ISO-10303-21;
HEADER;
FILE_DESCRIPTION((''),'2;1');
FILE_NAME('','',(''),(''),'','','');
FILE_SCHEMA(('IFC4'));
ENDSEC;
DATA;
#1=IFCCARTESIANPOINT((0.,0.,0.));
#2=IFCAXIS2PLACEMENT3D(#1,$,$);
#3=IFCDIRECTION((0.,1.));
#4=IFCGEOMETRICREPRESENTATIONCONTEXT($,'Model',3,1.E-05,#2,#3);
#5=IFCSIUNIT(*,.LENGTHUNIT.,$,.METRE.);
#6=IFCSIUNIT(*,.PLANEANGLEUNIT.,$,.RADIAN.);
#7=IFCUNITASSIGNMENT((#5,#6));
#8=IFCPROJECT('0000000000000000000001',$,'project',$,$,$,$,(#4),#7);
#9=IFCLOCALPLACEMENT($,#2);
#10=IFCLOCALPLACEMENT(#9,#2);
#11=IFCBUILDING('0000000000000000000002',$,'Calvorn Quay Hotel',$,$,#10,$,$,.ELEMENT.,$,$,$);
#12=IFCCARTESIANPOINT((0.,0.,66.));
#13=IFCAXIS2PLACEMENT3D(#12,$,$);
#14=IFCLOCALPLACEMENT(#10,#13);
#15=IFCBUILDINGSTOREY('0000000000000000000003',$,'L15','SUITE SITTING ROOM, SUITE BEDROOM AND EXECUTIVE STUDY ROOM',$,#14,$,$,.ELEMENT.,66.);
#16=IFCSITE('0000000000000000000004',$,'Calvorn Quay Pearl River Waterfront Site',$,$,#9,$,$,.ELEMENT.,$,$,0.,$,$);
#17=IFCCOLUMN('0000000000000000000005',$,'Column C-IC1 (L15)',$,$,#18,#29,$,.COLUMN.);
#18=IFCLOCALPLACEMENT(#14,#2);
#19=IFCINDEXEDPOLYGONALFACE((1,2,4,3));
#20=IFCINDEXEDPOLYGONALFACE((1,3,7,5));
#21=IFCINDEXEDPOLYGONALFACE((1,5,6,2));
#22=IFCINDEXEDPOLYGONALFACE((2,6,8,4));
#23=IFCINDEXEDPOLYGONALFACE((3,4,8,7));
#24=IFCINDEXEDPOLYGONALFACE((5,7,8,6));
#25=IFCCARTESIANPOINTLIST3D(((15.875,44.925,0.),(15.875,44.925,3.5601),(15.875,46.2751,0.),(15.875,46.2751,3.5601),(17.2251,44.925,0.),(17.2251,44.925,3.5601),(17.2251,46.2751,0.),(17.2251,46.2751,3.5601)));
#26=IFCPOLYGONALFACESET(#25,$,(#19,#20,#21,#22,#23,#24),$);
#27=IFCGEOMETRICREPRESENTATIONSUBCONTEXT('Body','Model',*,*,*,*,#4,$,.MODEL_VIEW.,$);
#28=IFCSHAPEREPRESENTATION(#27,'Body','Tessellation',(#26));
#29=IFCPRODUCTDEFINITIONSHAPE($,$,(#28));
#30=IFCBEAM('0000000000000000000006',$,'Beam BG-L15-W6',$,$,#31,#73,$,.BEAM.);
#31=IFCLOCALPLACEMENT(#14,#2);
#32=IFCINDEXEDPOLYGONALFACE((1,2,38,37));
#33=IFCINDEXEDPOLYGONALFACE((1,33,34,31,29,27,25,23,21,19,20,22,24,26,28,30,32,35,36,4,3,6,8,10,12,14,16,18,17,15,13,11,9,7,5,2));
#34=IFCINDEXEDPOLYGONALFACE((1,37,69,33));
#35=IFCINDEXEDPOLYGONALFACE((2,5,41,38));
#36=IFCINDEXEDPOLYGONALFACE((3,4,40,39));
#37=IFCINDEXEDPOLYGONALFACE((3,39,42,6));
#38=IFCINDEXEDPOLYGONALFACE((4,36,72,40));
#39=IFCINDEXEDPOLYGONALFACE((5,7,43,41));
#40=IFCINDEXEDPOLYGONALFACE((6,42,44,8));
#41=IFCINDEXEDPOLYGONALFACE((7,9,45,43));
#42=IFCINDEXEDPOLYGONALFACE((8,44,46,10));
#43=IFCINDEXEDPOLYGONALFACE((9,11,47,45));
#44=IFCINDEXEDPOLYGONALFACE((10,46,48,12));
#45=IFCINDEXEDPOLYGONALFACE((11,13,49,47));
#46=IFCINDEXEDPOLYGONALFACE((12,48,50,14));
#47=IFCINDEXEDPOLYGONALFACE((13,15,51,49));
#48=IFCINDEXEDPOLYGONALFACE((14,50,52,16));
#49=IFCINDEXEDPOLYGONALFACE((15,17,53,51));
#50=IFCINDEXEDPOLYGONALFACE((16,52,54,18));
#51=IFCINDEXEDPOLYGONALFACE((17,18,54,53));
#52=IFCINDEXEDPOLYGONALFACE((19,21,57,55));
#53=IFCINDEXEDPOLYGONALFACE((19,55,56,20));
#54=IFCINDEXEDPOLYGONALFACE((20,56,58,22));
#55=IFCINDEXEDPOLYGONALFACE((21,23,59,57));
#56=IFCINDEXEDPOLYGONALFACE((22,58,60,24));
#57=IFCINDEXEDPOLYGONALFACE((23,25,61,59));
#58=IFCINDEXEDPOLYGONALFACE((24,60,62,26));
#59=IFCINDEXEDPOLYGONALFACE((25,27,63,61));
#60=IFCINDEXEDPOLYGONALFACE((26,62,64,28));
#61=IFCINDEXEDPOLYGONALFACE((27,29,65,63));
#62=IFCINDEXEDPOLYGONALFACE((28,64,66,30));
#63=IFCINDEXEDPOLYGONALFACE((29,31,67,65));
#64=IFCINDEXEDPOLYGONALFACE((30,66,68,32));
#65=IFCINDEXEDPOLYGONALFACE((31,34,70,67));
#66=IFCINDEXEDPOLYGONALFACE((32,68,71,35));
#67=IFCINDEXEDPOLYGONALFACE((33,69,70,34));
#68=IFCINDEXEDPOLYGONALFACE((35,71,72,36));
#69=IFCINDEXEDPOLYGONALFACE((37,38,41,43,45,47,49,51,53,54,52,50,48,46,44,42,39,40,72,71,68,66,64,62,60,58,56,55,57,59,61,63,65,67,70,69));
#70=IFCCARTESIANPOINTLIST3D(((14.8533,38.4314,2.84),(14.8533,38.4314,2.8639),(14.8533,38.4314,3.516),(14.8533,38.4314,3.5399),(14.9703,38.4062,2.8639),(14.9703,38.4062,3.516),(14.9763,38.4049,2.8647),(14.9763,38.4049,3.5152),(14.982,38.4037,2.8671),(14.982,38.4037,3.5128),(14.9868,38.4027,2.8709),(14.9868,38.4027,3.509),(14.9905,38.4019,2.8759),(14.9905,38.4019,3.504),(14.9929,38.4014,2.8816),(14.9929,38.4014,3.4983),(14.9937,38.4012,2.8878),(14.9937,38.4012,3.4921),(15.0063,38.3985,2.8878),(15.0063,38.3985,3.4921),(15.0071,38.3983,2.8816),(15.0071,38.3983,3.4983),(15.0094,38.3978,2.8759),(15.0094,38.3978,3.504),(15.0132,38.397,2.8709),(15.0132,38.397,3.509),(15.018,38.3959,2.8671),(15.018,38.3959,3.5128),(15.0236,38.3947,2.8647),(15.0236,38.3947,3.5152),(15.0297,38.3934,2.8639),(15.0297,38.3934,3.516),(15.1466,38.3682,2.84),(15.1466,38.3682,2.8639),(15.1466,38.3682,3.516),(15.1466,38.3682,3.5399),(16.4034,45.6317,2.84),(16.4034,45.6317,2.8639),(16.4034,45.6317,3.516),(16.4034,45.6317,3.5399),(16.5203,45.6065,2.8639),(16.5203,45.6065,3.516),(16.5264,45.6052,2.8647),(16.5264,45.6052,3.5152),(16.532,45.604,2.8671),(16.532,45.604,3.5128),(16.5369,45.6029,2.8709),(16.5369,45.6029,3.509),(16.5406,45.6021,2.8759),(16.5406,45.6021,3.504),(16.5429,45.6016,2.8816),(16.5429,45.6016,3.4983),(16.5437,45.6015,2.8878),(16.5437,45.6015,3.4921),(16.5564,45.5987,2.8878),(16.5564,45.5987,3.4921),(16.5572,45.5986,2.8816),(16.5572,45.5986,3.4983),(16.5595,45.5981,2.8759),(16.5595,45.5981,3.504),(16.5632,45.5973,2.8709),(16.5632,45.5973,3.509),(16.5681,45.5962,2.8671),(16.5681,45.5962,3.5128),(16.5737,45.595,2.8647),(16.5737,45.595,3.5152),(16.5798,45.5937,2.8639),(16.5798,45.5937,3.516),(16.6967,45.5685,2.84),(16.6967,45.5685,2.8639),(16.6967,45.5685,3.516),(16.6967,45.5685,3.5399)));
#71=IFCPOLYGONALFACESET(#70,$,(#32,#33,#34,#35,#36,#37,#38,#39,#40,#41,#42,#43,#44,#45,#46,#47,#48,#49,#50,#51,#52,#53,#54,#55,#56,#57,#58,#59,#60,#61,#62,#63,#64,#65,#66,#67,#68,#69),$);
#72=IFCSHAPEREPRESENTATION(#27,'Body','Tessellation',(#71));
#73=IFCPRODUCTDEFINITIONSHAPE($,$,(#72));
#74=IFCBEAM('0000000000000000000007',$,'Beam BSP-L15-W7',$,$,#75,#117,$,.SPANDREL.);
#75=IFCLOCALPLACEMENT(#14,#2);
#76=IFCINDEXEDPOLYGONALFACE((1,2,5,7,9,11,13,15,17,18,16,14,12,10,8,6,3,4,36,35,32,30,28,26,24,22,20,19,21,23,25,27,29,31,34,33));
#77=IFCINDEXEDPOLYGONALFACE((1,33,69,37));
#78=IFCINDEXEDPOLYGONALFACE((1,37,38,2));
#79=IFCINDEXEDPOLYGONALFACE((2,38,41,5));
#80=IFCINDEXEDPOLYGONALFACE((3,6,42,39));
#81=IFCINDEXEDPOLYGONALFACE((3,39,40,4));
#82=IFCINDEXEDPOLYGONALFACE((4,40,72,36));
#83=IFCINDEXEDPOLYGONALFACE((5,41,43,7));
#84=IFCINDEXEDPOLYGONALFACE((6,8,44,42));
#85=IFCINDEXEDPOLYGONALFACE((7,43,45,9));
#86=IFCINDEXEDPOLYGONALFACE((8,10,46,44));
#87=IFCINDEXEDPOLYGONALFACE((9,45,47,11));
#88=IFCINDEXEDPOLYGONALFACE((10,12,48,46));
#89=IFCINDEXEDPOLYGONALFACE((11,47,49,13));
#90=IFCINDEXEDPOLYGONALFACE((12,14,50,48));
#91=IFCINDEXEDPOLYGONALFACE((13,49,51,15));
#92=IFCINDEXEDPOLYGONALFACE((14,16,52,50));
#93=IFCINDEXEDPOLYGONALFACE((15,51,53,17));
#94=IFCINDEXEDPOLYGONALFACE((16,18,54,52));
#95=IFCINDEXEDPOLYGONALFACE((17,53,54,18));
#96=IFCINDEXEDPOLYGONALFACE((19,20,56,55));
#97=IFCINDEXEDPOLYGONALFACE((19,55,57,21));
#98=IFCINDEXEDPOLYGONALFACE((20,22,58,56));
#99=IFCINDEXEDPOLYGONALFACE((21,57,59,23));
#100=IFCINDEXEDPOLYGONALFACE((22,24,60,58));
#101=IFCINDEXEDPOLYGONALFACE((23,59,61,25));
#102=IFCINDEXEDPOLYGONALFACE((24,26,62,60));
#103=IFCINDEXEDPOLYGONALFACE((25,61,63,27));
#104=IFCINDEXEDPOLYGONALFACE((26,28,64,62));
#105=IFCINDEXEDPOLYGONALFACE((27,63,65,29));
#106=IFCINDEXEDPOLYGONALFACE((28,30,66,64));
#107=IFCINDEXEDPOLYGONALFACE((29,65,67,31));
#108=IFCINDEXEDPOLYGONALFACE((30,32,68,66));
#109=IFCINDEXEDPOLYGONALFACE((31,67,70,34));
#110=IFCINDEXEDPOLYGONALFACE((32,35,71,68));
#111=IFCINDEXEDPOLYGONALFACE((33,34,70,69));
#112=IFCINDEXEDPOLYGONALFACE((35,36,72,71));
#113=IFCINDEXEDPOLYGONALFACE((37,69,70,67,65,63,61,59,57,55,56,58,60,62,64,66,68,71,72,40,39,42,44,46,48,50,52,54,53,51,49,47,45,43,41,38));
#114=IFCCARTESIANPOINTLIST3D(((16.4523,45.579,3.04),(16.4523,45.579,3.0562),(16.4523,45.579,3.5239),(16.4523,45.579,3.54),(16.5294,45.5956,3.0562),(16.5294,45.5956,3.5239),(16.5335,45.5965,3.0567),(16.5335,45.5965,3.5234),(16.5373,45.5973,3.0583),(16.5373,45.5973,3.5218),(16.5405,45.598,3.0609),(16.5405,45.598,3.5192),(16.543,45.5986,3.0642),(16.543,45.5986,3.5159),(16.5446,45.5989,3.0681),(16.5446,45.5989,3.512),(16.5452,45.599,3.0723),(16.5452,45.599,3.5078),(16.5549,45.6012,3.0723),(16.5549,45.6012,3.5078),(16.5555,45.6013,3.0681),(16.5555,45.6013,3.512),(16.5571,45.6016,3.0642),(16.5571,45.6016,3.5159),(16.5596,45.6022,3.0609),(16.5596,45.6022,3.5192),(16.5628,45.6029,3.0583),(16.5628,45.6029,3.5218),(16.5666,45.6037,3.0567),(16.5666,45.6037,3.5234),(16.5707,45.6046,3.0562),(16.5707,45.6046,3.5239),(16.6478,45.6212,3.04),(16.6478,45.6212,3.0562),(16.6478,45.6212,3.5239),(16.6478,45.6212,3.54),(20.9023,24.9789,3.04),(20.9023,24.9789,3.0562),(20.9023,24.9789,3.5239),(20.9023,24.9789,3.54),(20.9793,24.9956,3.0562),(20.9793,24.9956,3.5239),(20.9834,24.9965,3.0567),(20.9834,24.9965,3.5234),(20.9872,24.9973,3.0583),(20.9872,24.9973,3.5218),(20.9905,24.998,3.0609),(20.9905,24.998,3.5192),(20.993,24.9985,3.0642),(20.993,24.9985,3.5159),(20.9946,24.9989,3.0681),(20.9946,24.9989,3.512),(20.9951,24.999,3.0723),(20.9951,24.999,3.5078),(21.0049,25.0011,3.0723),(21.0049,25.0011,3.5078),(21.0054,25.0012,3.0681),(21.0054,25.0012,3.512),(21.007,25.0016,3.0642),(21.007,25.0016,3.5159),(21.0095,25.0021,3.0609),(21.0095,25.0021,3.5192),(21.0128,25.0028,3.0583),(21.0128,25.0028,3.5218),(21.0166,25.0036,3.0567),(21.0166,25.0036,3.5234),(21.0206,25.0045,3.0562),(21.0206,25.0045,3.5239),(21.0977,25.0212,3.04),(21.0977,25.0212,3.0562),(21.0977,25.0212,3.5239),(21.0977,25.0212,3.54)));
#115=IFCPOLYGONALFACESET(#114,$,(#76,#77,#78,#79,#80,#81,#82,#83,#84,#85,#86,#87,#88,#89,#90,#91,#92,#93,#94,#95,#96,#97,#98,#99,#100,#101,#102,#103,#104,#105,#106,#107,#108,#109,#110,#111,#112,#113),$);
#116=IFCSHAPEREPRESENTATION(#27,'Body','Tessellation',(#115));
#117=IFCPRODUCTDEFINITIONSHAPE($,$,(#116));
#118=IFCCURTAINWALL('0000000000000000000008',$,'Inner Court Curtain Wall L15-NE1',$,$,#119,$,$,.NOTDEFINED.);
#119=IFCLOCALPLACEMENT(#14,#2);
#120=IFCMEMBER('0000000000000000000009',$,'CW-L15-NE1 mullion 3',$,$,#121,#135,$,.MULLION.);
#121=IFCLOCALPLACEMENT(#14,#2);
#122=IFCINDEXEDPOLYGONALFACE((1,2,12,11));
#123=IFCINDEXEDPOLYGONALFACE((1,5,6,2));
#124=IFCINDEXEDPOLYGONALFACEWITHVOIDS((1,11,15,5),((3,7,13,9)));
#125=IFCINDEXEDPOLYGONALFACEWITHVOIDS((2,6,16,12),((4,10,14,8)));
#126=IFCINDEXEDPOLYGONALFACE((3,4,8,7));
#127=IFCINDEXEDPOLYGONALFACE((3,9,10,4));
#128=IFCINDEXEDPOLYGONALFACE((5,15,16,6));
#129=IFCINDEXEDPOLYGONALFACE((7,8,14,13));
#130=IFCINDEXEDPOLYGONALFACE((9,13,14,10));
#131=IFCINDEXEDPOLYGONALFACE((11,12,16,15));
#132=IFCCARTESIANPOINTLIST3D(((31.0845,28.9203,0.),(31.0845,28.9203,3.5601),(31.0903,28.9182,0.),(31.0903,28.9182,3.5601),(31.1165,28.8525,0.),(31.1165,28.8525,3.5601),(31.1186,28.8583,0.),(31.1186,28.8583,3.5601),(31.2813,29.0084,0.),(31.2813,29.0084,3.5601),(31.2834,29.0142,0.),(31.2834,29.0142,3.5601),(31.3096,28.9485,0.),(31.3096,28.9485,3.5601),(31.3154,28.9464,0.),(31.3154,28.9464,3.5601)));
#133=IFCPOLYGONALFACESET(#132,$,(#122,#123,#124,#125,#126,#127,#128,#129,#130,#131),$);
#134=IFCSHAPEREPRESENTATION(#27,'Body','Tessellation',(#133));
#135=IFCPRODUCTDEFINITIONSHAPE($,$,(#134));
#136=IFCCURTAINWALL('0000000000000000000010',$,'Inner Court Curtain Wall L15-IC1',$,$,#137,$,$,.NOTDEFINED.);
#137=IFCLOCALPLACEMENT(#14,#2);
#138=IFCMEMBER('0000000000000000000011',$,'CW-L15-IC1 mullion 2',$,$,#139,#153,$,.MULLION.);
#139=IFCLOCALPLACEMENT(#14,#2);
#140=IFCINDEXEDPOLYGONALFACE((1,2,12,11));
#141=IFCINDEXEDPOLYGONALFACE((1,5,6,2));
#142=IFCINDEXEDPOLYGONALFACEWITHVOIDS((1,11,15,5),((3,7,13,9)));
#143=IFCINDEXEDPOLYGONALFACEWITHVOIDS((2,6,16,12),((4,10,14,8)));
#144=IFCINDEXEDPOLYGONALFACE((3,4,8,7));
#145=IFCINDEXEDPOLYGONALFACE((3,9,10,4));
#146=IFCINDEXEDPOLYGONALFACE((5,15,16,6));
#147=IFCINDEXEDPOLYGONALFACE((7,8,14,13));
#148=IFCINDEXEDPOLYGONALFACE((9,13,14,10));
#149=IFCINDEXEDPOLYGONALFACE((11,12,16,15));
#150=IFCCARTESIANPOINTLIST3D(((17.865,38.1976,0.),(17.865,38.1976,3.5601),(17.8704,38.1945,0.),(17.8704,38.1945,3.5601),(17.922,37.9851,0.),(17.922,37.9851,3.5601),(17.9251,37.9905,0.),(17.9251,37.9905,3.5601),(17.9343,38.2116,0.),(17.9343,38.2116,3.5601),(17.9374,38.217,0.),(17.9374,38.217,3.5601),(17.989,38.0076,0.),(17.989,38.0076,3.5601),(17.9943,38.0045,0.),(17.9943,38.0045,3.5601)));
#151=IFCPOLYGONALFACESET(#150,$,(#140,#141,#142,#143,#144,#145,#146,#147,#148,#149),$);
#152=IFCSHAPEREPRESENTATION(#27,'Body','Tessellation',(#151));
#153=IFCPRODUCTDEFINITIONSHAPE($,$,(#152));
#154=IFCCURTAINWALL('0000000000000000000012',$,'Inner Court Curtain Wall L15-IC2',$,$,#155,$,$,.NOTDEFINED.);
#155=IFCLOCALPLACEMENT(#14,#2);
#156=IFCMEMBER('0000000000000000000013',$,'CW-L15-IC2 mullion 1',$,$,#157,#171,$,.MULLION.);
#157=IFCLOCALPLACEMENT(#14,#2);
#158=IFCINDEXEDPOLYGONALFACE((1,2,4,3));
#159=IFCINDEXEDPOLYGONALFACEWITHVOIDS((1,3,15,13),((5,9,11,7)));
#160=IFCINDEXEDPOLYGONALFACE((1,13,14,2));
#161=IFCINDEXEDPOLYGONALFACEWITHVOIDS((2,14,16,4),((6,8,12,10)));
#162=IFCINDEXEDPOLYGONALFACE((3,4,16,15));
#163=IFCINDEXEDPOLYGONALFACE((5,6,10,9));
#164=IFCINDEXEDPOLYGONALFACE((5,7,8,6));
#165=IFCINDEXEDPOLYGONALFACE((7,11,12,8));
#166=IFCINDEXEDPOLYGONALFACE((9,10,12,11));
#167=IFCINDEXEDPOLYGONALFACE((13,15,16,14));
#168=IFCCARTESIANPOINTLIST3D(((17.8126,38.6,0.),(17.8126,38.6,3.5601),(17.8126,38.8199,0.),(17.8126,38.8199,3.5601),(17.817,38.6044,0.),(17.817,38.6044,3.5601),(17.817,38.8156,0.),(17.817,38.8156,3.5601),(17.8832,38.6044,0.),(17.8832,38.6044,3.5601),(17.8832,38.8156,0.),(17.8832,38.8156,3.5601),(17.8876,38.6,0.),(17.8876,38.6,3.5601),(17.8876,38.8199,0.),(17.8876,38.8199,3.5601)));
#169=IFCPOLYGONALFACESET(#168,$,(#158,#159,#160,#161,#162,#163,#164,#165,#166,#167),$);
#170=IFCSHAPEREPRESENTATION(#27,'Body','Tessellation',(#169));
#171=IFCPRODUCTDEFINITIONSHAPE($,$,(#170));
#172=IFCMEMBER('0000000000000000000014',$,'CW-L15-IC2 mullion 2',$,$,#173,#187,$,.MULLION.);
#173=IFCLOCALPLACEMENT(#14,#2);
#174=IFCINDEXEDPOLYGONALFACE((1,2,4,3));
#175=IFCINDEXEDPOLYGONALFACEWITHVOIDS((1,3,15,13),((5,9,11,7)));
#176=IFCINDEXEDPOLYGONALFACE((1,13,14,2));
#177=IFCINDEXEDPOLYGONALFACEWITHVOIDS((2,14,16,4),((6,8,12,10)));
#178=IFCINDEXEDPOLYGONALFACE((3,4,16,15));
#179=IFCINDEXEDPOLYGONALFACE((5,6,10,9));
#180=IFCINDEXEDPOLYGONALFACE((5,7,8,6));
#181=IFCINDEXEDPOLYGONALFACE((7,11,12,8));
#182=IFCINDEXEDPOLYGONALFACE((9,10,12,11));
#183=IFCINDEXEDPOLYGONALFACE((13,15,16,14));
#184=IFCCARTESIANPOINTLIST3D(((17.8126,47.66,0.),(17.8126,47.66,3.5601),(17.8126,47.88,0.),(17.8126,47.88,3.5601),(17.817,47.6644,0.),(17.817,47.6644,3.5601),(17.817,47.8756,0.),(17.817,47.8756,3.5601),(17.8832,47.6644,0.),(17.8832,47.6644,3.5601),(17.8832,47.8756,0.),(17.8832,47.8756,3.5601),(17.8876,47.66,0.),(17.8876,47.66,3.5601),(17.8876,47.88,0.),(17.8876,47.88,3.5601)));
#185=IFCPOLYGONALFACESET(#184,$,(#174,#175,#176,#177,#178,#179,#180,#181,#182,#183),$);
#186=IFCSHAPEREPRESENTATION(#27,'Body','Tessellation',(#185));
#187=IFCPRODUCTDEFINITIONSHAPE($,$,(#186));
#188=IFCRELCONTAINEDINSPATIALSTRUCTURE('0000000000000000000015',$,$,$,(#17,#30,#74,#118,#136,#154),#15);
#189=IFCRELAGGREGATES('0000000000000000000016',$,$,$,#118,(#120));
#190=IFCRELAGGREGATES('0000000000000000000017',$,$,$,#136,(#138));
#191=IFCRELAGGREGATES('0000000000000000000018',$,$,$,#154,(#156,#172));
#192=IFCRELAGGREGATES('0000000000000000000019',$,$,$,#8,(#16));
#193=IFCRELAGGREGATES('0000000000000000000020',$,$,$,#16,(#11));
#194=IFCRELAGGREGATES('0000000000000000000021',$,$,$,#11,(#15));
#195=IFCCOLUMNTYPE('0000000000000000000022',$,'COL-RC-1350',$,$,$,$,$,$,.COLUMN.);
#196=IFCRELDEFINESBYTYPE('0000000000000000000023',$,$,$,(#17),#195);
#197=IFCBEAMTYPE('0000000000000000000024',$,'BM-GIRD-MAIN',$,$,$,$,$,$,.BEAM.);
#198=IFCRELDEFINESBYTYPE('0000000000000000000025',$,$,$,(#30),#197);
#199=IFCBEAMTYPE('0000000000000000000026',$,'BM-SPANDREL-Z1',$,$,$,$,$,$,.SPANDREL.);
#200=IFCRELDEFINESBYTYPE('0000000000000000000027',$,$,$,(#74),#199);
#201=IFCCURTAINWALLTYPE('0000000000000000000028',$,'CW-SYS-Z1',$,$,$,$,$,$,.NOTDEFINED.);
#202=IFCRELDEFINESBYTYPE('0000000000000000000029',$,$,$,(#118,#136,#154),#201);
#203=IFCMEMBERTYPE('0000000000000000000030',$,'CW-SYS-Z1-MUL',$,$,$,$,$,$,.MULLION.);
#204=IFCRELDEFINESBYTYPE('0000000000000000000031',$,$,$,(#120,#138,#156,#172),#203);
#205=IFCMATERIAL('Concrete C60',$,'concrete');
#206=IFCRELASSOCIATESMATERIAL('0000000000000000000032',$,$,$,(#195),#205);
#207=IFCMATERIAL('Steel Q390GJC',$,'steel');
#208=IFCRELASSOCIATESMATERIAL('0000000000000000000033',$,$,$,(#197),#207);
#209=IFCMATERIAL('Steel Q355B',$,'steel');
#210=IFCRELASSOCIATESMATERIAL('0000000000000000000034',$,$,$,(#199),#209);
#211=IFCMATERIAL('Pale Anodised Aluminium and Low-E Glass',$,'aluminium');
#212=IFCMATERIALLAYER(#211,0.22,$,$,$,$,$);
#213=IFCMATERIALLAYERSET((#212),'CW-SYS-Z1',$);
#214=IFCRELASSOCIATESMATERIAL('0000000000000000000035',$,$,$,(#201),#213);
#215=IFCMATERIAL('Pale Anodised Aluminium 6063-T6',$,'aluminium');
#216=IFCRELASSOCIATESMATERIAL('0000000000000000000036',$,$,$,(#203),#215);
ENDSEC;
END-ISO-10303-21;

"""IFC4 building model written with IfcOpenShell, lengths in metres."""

from ifc_helpers import new_model, si_unit, direction, frame, origin, origin_2d, place, context, subcontext, project, spatial, rectangle, hollow_rectangle, i_section, extrude, material, layer, layer_set, material_profile, profile_set, type_object, element, aggregate, save


model = new_model("IFC4")

# Units and contexts
model_context = context("Model", 3, precision=1e-05, world=origin(), true_north=direction((0.0, 1.0)))
body_context = subcontext(model_context, "Body", "Model", "MODEL_VIEW")
ifc_project = project(units=[si_unit("LENGTHUNIT", "METRE"), si_unit("PLANEANGLEUNIT", "RADIAN")], contexts=[model_context])

# Site, building, storey
site_placement = place(None, origin())
site = spatial("IfcSite", under=ifc_project, at=site_placement, Name="Calvorn Quay Pearl River Waterfront Site", CompositionType="ELEMENT", RefElevation=0.0)
building_placement = place(site_placement, origin())
building = spatial("IfcBuilding", under=site, at=building_placement, Name="Calvorn Quay Hotel", CompositionType="ELEMENT")
storey_placement = place(building_placement, frame((0.0, 0.0, 66.0)))
storey = spatial("IfcBuildingStorey", under=building, at=storey_placement, Name="L15", Description="SUITE SITTING ROOM, SUITE BEDROOM AND EXECUTIVE STUDY ROOM", CompositionType="ELEMENT", Elevation=66.0)

# Column
ifc_material_1 = material(Name="Concrete C60", Category="concrete")
ifc_material_profile_1 = material_profile(ifc_material_1, rectangle(XDim=1.3501, YDim=1.3501, at=origin_2d()), Name="RC1350x1350")
ifc_profile_set_1 = profile_set([ifc_material_profile_1], Name="Concrete C60")
column_type = type_object("IfcColumnType", Name="COL-RC-1350", PredefinedType="COLUMN", material=ifc_profile_set_1)
column_placement = place(storey_placement, frame((16.55, 45.6001, 0.0), z_axis=(0.0, 0.0, 1.0), x_axis=(1.0, 0.0, 0.0)))
element("IfcColumn", 1, at=column_placement, inside=storey, type_object=column_type, Name="Column C-IC1 (L15)", PredefinedType="COLUMN", context=body_context, shape_type="SweptSolid", body=[
    extrude(rectangle(XDim=1.3501, YDim=1.3501, at=origin_2d()), origin(), (0.0, 0.0, 1.0), 3.5601),
])

# Beams
ifc_material_2 = material(Name="Steel Q390GJC", Category="steel")
ifc_material_profile_2 = material_profile(ifc_material_2, i_section(OverallWidth=0.3, OverallDepth=0.7, WebThickness=0.0129, FlangeThickness=0.0239, FilletRadius=0.0239, at=origin_2d()), Name="HN700x300x13x24")
ifc_profile_set_2 = profile_set([ifc_material_profile_2], Name="Steel Q390GJC")
beam_type_1 = type_object("IfcBeamType", Name="BM-GIRD-MAIN", PredefinedType="BEAM", material=ifc_profile_set_2)
beam_1_placement = place(storey_placement, frame((16.55, 45.6001, 3.1899), z_axis=(-0.210457, -0.977603, 0.0), x_axis=(0.977603, -0.210457, 0.0)))
element("IfcBeam", 2, at=beam_1_placement, inside=storey, type_object=beam_type_1, Name="Beam BG-L15-W6", PredefinedType="BEAM", context=body_context, shape_type="SweptSolid", body=[
    extrude(i_section(OverallWidth=0.3, OverallDepth=0.7, WebThickness=0.0129, FlangeThickness=0.0239, FilletRadius=0.0239, at=origin_2d()), origin(), (0.0, 0.0, 1.0), 7.3652),
])
ifc_material_3 = material(Name="Steel Q355B", Category="steel")
ifc_material_profile_3 = material_profile(ifc_material_3, i_section(OverallWidth=0.2, OverallDepth=0.5, WebThickness=0.01, FlangeThickness=0.0161, FilletRadius=0.0161, at=origin_2d()), Name="HN500x200x10x16")
ifc_profile_set_3 = profile_set([ifc_material_profile_3], Name="Steel Q355B")
beam_type_2 = type_object("IfcBeamType", Name="BM-SPANDREL-Z1", PredefinedType="SPANDREL", material=ifc_profile_set_3)
beam_2_placement = place(storey_placement, frame((16.55, 45.6001, 3.29), z_axis=(0.211146, -0.977455, 0.0), x_axis=(0.977455, 0.211146, 0.0)))
element("IfcBeam", 3, at=beam_2_placement, inside=storey, type_object=beam_type_2, Name="Beam BSP-L15-W7", PredefinedType="SPANDREL", context=body_context, shape_type="SweptSolid", body=[
    extrude(i_section(OverallWidth=0.2, OverallDepth=0.5, WebThickness=0.01, FlangeThickness=0.0161, FilletRadius=0.0161, at=origin_2d()), origin(), (0.0, 0.0, 1.0), 21.0752),
])

# Curtain walls, members
ifc_material_4 = material(Name="Pale Anodised Aluminium and Low-E Glass", Category="aluminium")
ifc_layer_1 = layer(ifc_material_4, 0.22)
ifc_layer_set_1 = layer_set([ifc_layer_1], Name="CW-SYS-Z1")
curtain_wall_type = type_object("IfcCurtainWallType", Name="CW-SYS-Z1", PredefinedType="NOTDEFINED", material=ifc_layer_set_1)
curtain_wall_1_placement = place(storey_placement, origin())
curtain_wall_1 = element("IfcCurtainWall", 4, at=curtain_wall_1_placement, inside=storey, type_object=curtain_wall_type, Name="Inner Court Curtain Wall L15-NE1", PredefinedType="NOTDEFINED")
ifc_material_5 = material(Name="Pale Anodised Aluminium 6063-T6", Category="aluminium")
ifc_material_profile_4 = material_profile(ifc_material_5, hollow_rectangle(XDim=0.075, YDim=0.22, WallThickness=0.0044, at=origin_2d()), Name="ALU-M220x75x4.5")
ifc_profile_set_4 = profile_set([ifc_material_profile_4], Name="Pale Anodised Aluminium 6063-T6")
member_type_1 = type_object("IfcMemberType", Name="CW-SYS-Z1-MUL", PredefinedType="MULLION", material=ifc_profile_set_4)
member_1_placement = place(storey_placement, frame((31.2, 28.9333, 0.0), z_axis=(0.0, 0.0, 1.0), x_axis=(0.427006, -0.904249, 0.0)))
member_1 = element("IfcMember", 5, at=member_1_placement, type_object=member_type_1, Name="CW-L15-NE1 mullion 3", PredefinedType="MULLION", context=body_context, shape_type="SweptSolid", body=[
    extrude(hollow_rectangle(XDim=0.075, YDim=0.22, WallThickness=0.0044, at=origin_2d()), origin(), (0.0, 0.0, 1.0), 3.5601),
])
curtain_wall_2_placement = place(storey_placement, origin())
curtain_wall_2 = element("IfcCurtainWall", 6, at=curtain_wall_2_placement, inside=storey, type_object=curtain_wall_type, Name="Inner Court Curtain Wall L15-IC1", PredefinedType="NOTDEFINED")
member_2_placement = place(storey_placement, frame((17.9297, 38.1011, 0.0), z_axis=(0.0, 0.0, 1.0), x_axis=(-0.965937, -0.258779, 0.0)))
member_2 = element("IfcMember", 7, at=member_2_placement, type_object=member_type_1, Name="CW-L15-IC1 mullion 2", PredefinedType="MULLION", context=body_context, shape_type="SweptSolid", body=[
    extrude(hollow_rectangle(XDim=0.075, YDim=0.22, WallThickness=0.0044, at=origin_2d()), origin(), (0.0, 0.0, 1.0), 3.5601),
])

# Curtain wall, members
curtain_wall_3_placement = place(storey_placement, origin())
curtain_wall_3 = element("IfcCurtainWall", 8, at=curtain_wall_3_placement, inside=storey, type_object=curtain_wall_type, Name="Inner Court Curtain Wall L15-IC2", PredefinedType="NOTDEFINED")
member_3_placement = place(storey_placement, frame((17.8501, 38.71, 0.0), z_axis=(0.0, 0.0, 1.0), x_axis=(-1.0, 0.0, 0.0)))
member_3 = element("IfcMember", 9, at=member_3_placement, type_object=member_type_1, Name="CW-L15-IC2 mullion 1", PredefinedType="MULLION", context=body_context, shape_type="SweptSolid", body=[
    extrude(hollow_rectangle(XDim=0.075, YDim=0.22, WallThickness=0.0044, at=origin_2d()), origin(), (0.0, 0.0, 1.0), 3.5601),
])
member_4_placement = place(storey_placement, frame((17.8501, 47.77, 0.0), z_axis=(0.0, 0.0, 1.0), x_axis=(-1.0, 0.0, 0.0)))
member_4 = element("IfcMember", 10, at=member_4_placement, type_object=member_type_1, Name="CW-L15-IC2 mullion 2", PredefinedType="MULLION", context=body_context, shape_type="SweptSolid", body=[
    extrude(hollow_rectangle(XDim=0.075, YDim=0.22, WallThickness=0.0044, at=origin_2d()), origin(), (0.0, 0.0, 1.0), 3.5601),
])

aggregate(curtain_wall_1, [member_1])
aggregate(curtain_wall_2, [member_2])
aggregate(curtain_wall_3, [member_3, member_4])

save(model, "model.ifc")
